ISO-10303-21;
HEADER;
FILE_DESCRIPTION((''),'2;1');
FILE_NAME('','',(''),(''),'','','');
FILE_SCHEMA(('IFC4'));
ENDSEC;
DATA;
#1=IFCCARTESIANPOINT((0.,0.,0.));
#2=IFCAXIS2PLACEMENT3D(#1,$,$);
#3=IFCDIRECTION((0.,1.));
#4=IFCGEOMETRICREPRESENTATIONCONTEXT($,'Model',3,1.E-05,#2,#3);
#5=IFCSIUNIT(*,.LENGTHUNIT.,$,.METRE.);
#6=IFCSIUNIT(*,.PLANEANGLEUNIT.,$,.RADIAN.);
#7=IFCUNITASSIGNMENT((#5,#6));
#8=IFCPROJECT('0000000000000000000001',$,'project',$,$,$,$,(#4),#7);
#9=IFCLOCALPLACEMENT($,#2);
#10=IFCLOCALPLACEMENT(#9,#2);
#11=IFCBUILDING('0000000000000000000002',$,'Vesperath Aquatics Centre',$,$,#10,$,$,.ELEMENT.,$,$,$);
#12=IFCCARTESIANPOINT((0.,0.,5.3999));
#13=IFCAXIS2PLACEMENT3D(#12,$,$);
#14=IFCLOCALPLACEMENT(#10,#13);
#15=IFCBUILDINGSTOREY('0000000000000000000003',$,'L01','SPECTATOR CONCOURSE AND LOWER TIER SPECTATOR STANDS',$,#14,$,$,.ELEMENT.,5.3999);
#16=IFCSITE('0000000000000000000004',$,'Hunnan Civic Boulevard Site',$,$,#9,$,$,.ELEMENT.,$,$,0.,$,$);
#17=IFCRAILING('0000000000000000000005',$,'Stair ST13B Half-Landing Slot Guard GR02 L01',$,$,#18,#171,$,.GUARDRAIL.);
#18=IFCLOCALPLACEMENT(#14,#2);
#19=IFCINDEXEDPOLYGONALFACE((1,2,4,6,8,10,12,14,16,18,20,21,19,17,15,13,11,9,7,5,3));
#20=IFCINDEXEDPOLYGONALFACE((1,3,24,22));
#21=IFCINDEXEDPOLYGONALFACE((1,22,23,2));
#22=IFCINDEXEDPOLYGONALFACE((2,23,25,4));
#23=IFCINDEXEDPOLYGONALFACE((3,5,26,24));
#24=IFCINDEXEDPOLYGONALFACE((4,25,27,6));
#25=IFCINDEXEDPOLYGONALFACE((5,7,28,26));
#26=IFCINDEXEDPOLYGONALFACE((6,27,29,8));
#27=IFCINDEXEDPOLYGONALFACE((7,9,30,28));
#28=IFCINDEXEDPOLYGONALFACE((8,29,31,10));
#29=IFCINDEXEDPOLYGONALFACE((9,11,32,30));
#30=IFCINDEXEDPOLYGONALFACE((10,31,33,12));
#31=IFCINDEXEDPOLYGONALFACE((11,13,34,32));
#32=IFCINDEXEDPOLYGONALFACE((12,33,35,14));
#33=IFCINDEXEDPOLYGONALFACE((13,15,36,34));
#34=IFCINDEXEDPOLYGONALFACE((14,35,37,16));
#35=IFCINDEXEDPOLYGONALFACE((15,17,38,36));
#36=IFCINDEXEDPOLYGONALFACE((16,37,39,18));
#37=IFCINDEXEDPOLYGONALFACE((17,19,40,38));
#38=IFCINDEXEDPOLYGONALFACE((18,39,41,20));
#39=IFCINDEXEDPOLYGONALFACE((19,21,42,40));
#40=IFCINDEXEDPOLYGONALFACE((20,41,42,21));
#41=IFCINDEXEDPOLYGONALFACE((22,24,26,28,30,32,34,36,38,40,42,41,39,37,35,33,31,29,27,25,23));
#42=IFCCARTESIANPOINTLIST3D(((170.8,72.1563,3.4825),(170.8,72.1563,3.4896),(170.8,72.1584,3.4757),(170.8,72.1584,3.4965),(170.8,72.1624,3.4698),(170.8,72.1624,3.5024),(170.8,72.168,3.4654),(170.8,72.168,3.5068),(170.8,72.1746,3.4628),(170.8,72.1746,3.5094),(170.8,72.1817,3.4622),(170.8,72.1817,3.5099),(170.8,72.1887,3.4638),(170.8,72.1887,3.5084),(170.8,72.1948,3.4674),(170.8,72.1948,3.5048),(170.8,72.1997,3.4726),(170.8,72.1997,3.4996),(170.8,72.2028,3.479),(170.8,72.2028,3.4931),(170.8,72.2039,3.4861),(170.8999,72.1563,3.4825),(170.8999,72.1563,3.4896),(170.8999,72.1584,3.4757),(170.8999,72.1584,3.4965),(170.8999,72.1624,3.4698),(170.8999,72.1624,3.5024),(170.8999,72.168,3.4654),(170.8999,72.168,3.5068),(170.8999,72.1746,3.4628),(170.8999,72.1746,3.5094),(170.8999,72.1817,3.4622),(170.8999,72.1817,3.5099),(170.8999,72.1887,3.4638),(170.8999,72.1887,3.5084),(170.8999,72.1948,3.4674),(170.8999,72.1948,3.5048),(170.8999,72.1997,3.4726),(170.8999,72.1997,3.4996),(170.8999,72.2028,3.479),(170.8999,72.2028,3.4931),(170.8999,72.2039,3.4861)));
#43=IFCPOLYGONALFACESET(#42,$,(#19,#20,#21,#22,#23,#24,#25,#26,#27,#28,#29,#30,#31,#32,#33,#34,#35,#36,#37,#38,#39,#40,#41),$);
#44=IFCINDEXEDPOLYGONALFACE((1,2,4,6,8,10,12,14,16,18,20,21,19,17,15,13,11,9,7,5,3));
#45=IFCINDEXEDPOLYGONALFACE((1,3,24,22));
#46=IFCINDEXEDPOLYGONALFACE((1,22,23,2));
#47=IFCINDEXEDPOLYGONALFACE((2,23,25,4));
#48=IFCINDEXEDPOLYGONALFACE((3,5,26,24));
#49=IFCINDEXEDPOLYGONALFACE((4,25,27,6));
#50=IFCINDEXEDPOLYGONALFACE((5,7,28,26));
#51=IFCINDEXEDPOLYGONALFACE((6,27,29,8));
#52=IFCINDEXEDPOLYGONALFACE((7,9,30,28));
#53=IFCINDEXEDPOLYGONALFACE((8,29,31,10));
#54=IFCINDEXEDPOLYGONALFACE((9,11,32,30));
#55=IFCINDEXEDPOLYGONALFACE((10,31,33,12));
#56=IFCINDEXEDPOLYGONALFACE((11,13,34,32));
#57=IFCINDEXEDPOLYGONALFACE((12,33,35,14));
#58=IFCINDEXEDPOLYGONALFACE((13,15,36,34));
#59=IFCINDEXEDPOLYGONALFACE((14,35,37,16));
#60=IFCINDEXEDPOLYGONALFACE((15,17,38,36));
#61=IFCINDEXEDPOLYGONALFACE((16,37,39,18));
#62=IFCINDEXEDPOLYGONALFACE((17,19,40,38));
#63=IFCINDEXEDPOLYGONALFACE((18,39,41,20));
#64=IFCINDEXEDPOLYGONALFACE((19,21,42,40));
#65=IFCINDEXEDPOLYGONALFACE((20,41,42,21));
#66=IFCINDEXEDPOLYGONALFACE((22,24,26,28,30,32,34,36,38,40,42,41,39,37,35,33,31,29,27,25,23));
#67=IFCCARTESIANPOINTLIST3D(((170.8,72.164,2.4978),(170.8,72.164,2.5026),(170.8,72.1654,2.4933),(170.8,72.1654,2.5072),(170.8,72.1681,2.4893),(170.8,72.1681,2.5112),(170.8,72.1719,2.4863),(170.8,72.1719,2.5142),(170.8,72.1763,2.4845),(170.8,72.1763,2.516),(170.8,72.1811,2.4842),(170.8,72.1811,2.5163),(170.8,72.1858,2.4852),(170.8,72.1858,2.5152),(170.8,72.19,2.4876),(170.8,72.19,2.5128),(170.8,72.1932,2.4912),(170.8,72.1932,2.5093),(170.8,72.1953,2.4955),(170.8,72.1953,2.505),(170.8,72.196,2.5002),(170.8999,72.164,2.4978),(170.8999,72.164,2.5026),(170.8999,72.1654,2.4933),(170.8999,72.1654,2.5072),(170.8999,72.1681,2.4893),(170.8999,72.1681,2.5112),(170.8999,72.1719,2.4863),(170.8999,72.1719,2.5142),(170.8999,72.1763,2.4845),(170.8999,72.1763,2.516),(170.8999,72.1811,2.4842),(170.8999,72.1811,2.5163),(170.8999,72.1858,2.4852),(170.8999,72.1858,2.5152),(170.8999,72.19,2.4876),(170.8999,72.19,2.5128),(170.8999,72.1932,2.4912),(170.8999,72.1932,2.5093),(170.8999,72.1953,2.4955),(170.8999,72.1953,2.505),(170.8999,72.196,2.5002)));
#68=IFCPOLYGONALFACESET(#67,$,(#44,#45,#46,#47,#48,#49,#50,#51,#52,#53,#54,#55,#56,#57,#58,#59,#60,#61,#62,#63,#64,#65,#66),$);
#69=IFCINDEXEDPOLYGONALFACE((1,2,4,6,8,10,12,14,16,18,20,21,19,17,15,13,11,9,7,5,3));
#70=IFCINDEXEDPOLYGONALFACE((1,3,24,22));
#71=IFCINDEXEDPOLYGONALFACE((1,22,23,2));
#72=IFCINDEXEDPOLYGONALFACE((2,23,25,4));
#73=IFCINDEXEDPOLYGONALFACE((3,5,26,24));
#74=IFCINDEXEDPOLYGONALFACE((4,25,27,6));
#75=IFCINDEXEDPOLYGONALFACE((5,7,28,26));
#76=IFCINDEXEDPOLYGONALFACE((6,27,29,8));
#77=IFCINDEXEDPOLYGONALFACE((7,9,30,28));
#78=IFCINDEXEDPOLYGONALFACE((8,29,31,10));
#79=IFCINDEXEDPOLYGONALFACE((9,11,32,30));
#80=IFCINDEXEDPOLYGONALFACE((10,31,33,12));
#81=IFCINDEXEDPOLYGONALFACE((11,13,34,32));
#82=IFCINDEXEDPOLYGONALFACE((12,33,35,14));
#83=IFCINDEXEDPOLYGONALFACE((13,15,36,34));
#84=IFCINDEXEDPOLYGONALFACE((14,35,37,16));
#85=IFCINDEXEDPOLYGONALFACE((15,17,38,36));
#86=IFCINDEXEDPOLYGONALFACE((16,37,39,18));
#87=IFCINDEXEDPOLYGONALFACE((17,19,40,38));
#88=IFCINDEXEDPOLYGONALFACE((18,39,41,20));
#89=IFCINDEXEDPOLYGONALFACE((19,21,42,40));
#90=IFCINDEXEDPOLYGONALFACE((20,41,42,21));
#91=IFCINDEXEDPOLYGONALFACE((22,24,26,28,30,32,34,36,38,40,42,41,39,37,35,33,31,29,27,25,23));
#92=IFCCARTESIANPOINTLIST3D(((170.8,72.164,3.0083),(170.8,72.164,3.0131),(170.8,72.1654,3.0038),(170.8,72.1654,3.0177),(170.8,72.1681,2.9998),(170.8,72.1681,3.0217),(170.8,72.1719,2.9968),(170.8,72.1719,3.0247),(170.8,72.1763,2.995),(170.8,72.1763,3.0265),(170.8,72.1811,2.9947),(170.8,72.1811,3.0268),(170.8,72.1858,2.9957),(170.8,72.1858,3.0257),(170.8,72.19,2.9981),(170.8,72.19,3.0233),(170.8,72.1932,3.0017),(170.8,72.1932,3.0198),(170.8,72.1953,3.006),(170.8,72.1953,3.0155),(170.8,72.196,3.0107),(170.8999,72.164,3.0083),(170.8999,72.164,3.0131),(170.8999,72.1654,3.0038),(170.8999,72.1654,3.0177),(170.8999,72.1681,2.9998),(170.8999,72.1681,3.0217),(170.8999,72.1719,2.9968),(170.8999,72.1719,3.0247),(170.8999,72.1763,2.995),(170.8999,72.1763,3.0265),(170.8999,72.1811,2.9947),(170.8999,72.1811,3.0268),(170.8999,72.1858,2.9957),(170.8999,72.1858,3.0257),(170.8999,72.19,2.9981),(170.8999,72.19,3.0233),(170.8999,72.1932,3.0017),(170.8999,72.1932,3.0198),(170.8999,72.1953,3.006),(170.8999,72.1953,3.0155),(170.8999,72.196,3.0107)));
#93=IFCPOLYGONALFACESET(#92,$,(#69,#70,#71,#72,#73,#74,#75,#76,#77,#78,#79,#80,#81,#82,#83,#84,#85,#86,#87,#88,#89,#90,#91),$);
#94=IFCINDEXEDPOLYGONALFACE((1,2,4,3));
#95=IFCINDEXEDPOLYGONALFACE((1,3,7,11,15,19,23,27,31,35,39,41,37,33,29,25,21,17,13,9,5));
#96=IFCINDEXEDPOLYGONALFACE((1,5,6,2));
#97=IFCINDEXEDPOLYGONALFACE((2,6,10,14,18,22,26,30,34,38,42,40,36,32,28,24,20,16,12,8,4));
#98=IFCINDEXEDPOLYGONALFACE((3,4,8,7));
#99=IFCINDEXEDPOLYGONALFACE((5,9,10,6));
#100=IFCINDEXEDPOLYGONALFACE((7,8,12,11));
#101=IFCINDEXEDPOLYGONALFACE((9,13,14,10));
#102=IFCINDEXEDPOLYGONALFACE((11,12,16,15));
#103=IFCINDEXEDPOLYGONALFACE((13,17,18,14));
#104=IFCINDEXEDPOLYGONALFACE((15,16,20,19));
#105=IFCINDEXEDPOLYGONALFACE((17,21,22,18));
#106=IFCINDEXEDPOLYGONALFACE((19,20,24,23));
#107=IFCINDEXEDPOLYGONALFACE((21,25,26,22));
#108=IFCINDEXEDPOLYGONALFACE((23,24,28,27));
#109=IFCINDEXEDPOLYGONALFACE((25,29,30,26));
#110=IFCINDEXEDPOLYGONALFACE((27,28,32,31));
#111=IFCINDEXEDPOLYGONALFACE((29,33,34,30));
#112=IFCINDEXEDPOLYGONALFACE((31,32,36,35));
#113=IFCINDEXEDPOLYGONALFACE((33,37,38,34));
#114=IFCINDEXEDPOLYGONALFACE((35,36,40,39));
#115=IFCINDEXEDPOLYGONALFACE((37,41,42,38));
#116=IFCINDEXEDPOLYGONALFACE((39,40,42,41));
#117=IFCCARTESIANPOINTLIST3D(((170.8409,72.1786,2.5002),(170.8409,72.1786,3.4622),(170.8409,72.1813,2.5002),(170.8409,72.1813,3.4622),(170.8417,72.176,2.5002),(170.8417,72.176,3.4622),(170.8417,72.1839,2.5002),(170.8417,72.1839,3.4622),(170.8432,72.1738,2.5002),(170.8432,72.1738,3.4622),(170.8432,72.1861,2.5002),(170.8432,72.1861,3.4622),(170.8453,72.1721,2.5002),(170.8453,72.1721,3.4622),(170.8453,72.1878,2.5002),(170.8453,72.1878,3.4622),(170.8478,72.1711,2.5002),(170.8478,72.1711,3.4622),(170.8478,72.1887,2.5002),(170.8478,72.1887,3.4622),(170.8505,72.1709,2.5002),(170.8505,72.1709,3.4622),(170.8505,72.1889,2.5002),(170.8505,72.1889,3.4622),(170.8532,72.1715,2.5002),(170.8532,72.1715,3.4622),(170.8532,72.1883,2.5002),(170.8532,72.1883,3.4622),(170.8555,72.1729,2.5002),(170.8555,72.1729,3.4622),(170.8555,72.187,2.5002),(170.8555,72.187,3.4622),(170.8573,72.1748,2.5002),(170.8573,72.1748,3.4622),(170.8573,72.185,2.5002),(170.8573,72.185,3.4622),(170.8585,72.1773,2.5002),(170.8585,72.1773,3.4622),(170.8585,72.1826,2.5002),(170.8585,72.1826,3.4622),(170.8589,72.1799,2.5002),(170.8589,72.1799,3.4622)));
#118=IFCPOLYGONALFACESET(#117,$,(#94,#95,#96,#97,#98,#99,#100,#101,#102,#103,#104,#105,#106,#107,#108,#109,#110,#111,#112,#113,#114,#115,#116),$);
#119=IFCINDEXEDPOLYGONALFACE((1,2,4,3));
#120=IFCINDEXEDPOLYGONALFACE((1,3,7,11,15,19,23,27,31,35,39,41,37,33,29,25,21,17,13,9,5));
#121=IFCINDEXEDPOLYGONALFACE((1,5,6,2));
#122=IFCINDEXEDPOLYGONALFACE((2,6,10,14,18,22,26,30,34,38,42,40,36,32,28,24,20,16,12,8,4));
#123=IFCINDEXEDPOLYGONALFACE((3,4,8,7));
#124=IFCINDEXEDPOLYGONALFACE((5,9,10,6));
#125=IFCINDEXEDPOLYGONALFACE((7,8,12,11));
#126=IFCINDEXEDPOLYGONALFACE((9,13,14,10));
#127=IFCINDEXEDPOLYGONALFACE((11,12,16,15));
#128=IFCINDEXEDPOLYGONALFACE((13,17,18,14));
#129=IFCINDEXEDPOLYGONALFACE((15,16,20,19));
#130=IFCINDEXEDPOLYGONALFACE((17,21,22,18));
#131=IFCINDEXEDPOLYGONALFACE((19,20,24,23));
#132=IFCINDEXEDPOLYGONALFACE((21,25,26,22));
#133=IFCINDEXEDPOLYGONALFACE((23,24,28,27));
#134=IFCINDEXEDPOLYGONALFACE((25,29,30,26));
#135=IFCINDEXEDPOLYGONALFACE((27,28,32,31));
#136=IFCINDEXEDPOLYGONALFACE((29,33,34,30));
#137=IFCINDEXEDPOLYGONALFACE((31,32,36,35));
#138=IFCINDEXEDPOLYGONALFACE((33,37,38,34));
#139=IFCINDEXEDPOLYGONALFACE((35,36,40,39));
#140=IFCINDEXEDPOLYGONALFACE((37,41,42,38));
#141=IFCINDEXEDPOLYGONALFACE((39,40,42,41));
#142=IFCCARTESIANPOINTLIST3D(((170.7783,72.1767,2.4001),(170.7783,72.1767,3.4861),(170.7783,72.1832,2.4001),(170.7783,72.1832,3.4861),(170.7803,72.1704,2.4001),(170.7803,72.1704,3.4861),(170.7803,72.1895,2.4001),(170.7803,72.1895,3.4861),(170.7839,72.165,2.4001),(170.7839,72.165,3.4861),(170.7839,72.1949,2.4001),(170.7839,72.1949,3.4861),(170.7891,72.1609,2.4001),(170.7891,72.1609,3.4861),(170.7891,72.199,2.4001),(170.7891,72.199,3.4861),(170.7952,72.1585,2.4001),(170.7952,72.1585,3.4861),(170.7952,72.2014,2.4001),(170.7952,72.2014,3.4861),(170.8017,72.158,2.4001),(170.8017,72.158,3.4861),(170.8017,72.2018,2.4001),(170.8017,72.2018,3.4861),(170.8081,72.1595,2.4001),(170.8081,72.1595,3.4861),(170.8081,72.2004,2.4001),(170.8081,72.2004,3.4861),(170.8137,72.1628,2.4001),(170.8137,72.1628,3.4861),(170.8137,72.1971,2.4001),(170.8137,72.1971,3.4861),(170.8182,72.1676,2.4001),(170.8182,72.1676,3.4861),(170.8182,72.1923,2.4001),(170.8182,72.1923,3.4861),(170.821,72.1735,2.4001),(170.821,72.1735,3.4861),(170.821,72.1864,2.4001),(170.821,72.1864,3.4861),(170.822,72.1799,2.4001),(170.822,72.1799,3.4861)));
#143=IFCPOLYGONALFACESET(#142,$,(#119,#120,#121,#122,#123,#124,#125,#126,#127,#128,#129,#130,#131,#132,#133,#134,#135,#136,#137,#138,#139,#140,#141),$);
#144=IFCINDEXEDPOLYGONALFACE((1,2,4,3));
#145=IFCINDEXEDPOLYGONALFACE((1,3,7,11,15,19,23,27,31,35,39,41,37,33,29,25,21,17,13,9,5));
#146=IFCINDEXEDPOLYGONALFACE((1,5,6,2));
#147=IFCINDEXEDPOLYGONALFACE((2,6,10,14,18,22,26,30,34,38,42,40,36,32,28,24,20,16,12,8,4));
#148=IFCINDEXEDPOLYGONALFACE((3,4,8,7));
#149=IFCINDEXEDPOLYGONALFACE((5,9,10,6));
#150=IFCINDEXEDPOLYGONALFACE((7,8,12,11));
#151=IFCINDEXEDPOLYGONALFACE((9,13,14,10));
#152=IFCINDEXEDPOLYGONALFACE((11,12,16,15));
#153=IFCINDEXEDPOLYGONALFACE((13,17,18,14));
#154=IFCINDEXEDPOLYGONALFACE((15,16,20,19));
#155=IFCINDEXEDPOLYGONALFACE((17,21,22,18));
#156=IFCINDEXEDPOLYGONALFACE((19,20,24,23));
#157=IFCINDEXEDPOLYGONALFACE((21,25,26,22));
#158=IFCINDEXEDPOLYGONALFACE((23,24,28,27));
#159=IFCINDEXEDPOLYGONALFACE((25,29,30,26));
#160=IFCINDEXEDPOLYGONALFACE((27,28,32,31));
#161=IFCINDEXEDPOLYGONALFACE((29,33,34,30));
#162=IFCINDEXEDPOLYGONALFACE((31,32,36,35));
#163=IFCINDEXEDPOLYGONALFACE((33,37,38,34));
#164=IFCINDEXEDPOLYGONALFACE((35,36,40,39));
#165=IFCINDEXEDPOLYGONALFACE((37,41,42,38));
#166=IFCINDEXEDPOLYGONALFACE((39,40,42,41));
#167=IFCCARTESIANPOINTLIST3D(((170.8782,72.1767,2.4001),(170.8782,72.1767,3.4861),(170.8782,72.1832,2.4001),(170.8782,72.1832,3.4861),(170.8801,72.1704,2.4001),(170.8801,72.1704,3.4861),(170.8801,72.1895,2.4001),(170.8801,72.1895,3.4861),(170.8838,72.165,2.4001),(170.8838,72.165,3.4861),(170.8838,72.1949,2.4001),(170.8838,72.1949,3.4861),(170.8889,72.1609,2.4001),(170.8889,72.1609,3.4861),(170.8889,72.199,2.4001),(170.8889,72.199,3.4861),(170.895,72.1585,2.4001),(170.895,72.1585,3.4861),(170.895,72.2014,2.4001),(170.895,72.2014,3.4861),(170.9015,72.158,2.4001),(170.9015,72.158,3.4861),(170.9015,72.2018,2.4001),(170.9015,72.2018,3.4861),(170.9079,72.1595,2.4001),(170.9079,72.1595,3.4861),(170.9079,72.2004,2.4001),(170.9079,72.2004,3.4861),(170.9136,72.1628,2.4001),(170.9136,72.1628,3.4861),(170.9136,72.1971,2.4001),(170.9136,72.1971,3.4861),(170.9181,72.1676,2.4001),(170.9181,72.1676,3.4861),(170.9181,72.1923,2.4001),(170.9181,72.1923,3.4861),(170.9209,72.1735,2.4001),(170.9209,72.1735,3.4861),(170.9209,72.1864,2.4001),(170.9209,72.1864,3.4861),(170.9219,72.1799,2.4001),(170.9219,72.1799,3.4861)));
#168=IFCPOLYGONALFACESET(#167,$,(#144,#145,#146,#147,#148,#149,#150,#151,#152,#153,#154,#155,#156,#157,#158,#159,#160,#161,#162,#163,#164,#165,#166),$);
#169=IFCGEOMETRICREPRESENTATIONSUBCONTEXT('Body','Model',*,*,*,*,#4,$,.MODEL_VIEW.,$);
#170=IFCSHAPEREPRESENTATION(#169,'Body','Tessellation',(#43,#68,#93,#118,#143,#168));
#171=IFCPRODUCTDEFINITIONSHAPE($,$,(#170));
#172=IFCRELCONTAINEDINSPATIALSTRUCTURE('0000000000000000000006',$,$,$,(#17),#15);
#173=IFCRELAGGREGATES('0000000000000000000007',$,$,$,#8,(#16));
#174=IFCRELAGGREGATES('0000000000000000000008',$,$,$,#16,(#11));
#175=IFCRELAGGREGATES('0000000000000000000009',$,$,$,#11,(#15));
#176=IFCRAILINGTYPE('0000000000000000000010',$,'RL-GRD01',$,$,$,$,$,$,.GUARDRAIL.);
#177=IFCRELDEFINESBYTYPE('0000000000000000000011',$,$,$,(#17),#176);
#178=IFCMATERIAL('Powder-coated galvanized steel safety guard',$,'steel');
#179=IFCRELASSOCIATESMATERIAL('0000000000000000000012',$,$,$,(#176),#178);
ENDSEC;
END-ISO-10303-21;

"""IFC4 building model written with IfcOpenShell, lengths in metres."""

from ifc_helpers import new_model, si_unit, direction, frame, origin, origin_2d, place, context, subcontext, project, spatial, circle, extrude, material, type_object, element, save


model = new_model("IFC4")

# Units and contexts
model_context = context("Model", 3, precision=1e-05, world=origin(), true_north=direction((0.0, 1.0)))
body_context = subcontext(model_context, "Body", "Model", "MODEL_VIEW")
ifc_project = project(units=[si_unit("LENGTHUNIT", "METRE"), si_unit("PLANEANGLEUNIT", "RADIAN")], contexts=[model_context])

# Site, building, storey
site_placement = place(None, origin())
site = spatial("IfcSite", under=ifc_project, at=site_placement, Name="Hunnan Civic Boulevard Site", CompositionType="ELEMENT", RefElevation=0.0)
building_placement = place(site_placement, origin())
building = spatial("IfcBuilding", under=site, at=building_placement, Name="Vesperath Aquatics Centre", CompositionType="ELEMENT")
storey_placement = place(building_placement, frame((0.0, 0.0, 5.3999)))
storey = spatial("IfcBuildingStorey", under=building, at=storey_placement, Name="L01", Description="SPECTATOR CONCOURSE AND LOWER TIER SPECTATOR STANDS", CompositionType="ELEMENT", Elevation=5.3999)

# Railing
ifc_material_1 = material(Name="Powder-coated galvanized steel safety guard", Category="steel")
railing_type_1 = type_object("IfcRailingType", Name="RL-GRD01", PredefinedType="GUARDRAIL", material=ifc_material_1)
railing_1_placement = place(storey_placement, frame((170.8, 72.1799, 2.4001)))
element("IfcRailing", 1, at=railing_1_placement, inside=storey, type_object=railing_type_1, Name="Stair ST13B Half-Landing Slot Guard GR02 L01", PredefinedType="GUARDRAIL", context=body_context, shape_type="SweptSolid", body=[
    extrude(circle(Radius=0.0239, at=origin_2d()), frame((0.0, 0.0, 1.0859), z_axis=(1.0, 0.0, 0.0), x_axis=(0.0, 1.0, 0.0)), (0.0, 0.0, 1.0), 0.0999),
    extrude(circle(Radius=0.0161, at=origin_2d()), frame((0.0, 0.0, 0.1001), z_axis=(1.0, 0.0, 0.0), x_axis=(0.0, 1.0, 0.0)), (0.0, 0.0, 1.0), 0.0999),
    extrude(circle(Radius=0.0161, at=origin_2d()), frame((0.0, 0.0, 0.6106), z_axis=(1.0, 0.0, 0.0), x_axis=(0.0, 1.0, 0.0)), (0.0, 0.0, 1.0), 0.0999),
    extrude(circle(Radius=0.009, at=origin_2d()), frame((0.0498, 0.0, 0.1001)), (0.0, 0.0, 1.0), 0.9619),
    extrude(circle(Radius=0.022, at=origin_2d()), origin(), (0.0, 0.0, 1.0), 1.0859),
    extrude(circle(Radius=0.022, at=origin_2d()), frame((0.0999, 0.0, 0.0)), (0.0, 0.0, 1.0), 1.0859),
])

save(model, "model.ifc")
